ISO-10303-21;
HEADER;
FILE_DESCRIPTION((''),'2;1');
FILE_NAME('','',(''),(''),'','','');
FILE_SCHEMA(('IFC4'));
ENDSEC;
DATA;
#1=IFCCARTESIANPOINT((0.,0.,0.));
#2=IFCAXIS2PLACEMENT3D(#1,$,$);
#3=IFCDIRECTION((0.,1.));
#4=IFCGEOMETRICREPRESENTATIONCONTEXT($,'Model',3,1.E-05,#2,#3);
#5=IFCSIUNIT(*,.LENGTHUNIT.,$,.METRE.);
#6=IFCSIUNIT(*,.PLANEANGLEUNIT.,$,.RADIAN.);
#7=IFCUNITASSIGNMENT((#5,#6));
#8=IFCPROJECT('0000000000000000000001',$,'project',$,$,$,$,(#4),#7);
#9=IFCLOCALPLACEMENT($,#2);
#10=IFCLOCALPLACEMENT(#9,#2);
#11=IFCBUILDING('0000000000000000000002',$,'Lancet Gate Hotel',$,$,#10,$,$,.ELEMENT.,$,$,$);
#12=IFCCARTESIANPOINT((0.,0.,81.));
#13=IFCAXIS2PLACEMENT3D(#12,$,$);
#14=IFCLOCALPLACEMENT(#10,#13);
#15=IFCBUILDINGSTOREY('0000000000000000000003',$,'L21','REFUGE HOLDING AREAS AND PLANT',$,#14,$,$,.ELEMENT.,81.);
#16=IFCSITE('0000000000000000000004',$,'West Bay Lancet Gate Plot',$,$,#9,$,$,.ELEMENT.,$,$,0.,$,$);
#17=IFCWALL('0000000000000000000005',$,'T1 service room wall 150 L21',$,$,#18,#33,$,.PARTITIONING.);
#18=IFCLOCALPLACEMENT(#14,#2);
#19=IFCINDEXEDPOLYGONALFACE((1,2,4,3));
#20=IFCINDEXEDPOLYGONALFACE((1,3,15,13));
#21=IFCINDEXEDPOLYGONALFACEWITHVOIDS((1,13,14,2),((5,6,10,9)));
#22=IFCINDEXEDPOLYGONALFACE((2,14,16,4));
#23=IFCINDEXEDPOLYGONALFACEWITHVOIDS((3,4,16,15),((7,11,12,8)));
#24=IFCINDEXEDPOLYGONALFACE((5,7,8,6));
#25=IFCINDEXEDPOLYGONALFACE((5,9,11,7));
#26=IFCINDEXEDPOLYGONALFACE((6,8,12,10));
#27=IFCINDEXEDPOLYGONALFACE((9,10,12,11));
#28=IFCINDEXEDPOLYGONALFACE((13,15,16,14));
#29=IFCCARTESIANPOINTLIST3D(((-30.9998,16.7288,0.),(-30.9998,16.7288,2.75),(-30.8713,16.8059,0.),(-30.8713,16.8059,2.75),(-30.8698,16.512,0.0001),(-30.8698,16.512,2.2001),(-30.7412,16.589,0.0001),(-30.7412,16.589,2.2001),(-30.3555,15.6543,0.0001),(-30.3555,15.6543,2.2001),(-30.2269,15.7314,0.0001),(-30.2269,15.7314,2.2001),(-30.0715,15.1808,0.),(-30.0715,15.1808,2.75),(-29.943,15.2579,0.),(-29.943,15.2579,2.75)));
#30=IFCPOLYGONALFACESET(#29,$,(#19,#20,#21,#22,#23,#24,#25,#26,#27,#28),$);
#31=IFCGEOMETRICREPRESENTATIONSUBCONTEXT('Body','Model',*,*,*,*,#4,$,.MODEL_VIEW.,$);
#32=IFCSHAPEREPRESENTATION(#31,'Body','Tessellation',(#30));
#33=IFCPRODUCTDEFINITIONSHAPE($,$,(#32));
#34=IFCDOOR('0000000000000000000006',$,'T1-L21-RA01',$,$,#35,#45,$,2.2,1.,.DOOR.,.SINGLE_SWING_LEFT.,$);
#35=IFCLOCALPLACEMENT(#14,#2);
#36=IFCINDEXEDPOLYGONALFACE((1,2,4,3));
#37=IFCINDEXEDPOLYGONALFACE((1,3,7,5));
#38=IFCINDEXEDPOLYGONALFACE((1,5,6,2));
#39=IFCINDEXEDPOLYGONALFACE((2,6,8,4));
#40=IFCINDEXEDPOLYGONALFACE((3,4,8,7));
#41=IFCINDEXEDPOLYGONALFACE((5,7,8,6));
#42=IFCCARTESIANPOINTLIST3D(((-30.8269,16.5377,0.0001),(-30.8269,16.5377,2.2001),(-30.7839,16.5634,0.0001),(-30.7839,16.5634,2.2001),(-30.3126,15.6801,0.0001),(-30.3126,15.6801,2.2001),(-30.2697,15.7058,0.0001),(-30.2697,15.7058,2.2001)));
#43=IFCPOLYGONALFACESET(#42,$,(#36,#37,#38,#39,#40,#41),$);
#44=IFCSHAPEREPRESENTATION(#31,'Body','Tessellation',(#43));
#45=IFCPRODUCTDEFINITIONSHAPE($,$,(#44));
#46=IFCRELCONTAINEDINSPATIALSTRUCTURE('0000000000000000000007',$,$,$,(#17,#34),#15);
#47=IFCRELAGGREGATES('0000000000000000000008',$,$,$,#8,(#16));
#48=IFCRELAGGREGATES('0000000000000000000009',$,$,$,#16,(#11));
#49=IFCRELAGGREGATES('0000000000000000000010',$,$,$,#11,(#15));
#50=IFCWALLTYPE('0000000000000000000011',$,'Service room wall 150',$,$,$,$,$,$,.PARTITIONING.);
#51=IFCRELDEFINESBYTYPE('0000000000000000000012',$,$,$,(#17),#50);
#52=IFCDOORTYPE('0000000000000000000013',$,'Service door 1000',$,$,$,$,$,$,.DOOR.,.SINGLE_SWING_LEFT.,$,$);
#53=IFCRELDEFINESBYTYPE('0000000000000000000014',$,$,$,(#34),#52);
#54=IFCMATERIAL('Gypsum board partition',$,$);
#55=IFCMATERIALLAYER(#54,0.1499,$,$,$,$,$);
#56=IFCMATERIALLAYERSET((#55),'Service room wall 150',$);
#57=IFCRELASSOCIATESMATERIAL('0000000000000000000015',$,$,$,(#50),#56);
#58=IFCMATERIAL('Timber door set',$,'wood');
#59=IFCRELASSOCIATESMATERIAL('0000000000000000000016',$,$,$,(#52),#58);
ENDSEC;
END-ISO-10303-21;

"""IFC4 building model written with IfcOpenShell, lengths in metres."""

from ifc_helpers import new_model, si_unit, direction, frame, frame_2d, origin, place, context, subcontext, project, spatial, rectangle, extrude, material, layer, layer_set, type_object, element, fill, save


model = new_model("IFC4")

# Units and contexts
model_context = context("Model", 3, precision=1e-05, world=origin(), true_north=direction((0.0, 1.0)))
body_context = subcontext(model_context, "Body", "Model", "MODEL_VIEW")
ifc_project = project(units=[si_unit("LENGTHUNIT", "METRE"), si_unit("PLANEANGLEUNIT", "RADIAN")], contexts=[model_context])

# Site, building, storey
site_placement = place(None, origin())
site = spatial("IfcSite", under=ifc_project, at=site_placement, Name="West Bay Lancet Gate Plot", CompositionType="ELEMENT", RefElevation=0.0)
building_placement = place(site_placement, origin())
building = spatial("IfcBuilding", under=site, at=building_placement, Name="Lancet Gate Hotel", CompositionType="ELEMENT")
storey_placement = place(building_placement, frame((0.0, 0.0, 81.0)))
storey = spatial("IfcBuildingStorey", under=building, at=storey_placement, Name="L21", Description="REFUGE HOLDING AREAS AND PLANT", CompositionType="ELEMENT", Elevation=81.0)

# Wall, opening, door
ifc_material_1 = material(Name="Gypsum board partition")
ifc_layer_1 = layer(ifc_material_1, 0.1499)
ifc_layer_set_1 = layer_set([ifc_layer_1], Name="Service room wall 150")
wall_type_1 = type_object("IfcWallType", Name="Service room wall 150", PredefinedType="PARTITIONING", material=ifc_layer_set_1)
wall_1_placement = place(storey_placement, frame((-30.0073, 15.2195, 0.0), z_axis=(0.0, 0.0, 1.0), x_axis=(-0.514297, 0.857612, 0.0)))
wall_1 = element("IfcWall", 1, at=wall_1_placement, inside=storey, type_object=wall_type_1, Name="T1 service room wall 150 L21", PredefinedType="PARTITIONING", context=body_context, shape_type="SweptSolid", body=[
    extrude(rectangle(XDim=1.8049, YDim=0.1499, at=frame_2d((0.9023, 0.0))), origin(), (0.0, 0.0, 1.0), 2.75),
])
opening_1_placement = place(wall_1_placement, frame((0.552, 0.0, 0.0)))
opening_1 = element("IfcOpeningElement", 2, at=opening_1_placement, cuts=wall_1, PredefinedType="OPENING", context=body_context, shape_type="SweptSolid", body=[
    extrude(rectangle(XDim=1.0, YDim=2.2, at=frame_2d((0.5, 1.1001))), frame((0.0, 0.085, 0.0), z_axis=(0.0, -1.0, 0.0), x_axis=(1.0, 0.0, 0.0)), (0.0, 0.0, 1.0), 0.1699),
])
ifc_material_2 = material(Name="Timber door set", Category="wood")
door_type_1 = type_object("IfcDoorType", Name="Service door 1000", OperationType="SINGLE_SWING_LEFT", PredefinedType="DOOR", material=ifc_material_2)
door_1_placement = place(opening_1_placement, origin())
door_1 = element("IfcDoor", 3, at=door_1_placement, inside=storey, type_object=door_type_1, Name="T1-L21-RA01", OperationType="SINGLE_SWING_LEFT", OverallHeight=2.2, OverallWidth=1.0, PredefinedType="DOOR", context=body_context, shape_type="SweptSolid", body=[
    extrude(rectangle(XDim=1.0, YDim=2.2, at=frame_2d((0.5, 1.1001))), frame((0.0, 0.0249, 0.0), z_axis=(0.0, -1.0, 0.0), x_axis=(1.0, 0.0, 0.0)), (0.0, 0.0, 1.0), 0.05),
])
fill(opening_1, door_1)

save(model, "model.ifc")
